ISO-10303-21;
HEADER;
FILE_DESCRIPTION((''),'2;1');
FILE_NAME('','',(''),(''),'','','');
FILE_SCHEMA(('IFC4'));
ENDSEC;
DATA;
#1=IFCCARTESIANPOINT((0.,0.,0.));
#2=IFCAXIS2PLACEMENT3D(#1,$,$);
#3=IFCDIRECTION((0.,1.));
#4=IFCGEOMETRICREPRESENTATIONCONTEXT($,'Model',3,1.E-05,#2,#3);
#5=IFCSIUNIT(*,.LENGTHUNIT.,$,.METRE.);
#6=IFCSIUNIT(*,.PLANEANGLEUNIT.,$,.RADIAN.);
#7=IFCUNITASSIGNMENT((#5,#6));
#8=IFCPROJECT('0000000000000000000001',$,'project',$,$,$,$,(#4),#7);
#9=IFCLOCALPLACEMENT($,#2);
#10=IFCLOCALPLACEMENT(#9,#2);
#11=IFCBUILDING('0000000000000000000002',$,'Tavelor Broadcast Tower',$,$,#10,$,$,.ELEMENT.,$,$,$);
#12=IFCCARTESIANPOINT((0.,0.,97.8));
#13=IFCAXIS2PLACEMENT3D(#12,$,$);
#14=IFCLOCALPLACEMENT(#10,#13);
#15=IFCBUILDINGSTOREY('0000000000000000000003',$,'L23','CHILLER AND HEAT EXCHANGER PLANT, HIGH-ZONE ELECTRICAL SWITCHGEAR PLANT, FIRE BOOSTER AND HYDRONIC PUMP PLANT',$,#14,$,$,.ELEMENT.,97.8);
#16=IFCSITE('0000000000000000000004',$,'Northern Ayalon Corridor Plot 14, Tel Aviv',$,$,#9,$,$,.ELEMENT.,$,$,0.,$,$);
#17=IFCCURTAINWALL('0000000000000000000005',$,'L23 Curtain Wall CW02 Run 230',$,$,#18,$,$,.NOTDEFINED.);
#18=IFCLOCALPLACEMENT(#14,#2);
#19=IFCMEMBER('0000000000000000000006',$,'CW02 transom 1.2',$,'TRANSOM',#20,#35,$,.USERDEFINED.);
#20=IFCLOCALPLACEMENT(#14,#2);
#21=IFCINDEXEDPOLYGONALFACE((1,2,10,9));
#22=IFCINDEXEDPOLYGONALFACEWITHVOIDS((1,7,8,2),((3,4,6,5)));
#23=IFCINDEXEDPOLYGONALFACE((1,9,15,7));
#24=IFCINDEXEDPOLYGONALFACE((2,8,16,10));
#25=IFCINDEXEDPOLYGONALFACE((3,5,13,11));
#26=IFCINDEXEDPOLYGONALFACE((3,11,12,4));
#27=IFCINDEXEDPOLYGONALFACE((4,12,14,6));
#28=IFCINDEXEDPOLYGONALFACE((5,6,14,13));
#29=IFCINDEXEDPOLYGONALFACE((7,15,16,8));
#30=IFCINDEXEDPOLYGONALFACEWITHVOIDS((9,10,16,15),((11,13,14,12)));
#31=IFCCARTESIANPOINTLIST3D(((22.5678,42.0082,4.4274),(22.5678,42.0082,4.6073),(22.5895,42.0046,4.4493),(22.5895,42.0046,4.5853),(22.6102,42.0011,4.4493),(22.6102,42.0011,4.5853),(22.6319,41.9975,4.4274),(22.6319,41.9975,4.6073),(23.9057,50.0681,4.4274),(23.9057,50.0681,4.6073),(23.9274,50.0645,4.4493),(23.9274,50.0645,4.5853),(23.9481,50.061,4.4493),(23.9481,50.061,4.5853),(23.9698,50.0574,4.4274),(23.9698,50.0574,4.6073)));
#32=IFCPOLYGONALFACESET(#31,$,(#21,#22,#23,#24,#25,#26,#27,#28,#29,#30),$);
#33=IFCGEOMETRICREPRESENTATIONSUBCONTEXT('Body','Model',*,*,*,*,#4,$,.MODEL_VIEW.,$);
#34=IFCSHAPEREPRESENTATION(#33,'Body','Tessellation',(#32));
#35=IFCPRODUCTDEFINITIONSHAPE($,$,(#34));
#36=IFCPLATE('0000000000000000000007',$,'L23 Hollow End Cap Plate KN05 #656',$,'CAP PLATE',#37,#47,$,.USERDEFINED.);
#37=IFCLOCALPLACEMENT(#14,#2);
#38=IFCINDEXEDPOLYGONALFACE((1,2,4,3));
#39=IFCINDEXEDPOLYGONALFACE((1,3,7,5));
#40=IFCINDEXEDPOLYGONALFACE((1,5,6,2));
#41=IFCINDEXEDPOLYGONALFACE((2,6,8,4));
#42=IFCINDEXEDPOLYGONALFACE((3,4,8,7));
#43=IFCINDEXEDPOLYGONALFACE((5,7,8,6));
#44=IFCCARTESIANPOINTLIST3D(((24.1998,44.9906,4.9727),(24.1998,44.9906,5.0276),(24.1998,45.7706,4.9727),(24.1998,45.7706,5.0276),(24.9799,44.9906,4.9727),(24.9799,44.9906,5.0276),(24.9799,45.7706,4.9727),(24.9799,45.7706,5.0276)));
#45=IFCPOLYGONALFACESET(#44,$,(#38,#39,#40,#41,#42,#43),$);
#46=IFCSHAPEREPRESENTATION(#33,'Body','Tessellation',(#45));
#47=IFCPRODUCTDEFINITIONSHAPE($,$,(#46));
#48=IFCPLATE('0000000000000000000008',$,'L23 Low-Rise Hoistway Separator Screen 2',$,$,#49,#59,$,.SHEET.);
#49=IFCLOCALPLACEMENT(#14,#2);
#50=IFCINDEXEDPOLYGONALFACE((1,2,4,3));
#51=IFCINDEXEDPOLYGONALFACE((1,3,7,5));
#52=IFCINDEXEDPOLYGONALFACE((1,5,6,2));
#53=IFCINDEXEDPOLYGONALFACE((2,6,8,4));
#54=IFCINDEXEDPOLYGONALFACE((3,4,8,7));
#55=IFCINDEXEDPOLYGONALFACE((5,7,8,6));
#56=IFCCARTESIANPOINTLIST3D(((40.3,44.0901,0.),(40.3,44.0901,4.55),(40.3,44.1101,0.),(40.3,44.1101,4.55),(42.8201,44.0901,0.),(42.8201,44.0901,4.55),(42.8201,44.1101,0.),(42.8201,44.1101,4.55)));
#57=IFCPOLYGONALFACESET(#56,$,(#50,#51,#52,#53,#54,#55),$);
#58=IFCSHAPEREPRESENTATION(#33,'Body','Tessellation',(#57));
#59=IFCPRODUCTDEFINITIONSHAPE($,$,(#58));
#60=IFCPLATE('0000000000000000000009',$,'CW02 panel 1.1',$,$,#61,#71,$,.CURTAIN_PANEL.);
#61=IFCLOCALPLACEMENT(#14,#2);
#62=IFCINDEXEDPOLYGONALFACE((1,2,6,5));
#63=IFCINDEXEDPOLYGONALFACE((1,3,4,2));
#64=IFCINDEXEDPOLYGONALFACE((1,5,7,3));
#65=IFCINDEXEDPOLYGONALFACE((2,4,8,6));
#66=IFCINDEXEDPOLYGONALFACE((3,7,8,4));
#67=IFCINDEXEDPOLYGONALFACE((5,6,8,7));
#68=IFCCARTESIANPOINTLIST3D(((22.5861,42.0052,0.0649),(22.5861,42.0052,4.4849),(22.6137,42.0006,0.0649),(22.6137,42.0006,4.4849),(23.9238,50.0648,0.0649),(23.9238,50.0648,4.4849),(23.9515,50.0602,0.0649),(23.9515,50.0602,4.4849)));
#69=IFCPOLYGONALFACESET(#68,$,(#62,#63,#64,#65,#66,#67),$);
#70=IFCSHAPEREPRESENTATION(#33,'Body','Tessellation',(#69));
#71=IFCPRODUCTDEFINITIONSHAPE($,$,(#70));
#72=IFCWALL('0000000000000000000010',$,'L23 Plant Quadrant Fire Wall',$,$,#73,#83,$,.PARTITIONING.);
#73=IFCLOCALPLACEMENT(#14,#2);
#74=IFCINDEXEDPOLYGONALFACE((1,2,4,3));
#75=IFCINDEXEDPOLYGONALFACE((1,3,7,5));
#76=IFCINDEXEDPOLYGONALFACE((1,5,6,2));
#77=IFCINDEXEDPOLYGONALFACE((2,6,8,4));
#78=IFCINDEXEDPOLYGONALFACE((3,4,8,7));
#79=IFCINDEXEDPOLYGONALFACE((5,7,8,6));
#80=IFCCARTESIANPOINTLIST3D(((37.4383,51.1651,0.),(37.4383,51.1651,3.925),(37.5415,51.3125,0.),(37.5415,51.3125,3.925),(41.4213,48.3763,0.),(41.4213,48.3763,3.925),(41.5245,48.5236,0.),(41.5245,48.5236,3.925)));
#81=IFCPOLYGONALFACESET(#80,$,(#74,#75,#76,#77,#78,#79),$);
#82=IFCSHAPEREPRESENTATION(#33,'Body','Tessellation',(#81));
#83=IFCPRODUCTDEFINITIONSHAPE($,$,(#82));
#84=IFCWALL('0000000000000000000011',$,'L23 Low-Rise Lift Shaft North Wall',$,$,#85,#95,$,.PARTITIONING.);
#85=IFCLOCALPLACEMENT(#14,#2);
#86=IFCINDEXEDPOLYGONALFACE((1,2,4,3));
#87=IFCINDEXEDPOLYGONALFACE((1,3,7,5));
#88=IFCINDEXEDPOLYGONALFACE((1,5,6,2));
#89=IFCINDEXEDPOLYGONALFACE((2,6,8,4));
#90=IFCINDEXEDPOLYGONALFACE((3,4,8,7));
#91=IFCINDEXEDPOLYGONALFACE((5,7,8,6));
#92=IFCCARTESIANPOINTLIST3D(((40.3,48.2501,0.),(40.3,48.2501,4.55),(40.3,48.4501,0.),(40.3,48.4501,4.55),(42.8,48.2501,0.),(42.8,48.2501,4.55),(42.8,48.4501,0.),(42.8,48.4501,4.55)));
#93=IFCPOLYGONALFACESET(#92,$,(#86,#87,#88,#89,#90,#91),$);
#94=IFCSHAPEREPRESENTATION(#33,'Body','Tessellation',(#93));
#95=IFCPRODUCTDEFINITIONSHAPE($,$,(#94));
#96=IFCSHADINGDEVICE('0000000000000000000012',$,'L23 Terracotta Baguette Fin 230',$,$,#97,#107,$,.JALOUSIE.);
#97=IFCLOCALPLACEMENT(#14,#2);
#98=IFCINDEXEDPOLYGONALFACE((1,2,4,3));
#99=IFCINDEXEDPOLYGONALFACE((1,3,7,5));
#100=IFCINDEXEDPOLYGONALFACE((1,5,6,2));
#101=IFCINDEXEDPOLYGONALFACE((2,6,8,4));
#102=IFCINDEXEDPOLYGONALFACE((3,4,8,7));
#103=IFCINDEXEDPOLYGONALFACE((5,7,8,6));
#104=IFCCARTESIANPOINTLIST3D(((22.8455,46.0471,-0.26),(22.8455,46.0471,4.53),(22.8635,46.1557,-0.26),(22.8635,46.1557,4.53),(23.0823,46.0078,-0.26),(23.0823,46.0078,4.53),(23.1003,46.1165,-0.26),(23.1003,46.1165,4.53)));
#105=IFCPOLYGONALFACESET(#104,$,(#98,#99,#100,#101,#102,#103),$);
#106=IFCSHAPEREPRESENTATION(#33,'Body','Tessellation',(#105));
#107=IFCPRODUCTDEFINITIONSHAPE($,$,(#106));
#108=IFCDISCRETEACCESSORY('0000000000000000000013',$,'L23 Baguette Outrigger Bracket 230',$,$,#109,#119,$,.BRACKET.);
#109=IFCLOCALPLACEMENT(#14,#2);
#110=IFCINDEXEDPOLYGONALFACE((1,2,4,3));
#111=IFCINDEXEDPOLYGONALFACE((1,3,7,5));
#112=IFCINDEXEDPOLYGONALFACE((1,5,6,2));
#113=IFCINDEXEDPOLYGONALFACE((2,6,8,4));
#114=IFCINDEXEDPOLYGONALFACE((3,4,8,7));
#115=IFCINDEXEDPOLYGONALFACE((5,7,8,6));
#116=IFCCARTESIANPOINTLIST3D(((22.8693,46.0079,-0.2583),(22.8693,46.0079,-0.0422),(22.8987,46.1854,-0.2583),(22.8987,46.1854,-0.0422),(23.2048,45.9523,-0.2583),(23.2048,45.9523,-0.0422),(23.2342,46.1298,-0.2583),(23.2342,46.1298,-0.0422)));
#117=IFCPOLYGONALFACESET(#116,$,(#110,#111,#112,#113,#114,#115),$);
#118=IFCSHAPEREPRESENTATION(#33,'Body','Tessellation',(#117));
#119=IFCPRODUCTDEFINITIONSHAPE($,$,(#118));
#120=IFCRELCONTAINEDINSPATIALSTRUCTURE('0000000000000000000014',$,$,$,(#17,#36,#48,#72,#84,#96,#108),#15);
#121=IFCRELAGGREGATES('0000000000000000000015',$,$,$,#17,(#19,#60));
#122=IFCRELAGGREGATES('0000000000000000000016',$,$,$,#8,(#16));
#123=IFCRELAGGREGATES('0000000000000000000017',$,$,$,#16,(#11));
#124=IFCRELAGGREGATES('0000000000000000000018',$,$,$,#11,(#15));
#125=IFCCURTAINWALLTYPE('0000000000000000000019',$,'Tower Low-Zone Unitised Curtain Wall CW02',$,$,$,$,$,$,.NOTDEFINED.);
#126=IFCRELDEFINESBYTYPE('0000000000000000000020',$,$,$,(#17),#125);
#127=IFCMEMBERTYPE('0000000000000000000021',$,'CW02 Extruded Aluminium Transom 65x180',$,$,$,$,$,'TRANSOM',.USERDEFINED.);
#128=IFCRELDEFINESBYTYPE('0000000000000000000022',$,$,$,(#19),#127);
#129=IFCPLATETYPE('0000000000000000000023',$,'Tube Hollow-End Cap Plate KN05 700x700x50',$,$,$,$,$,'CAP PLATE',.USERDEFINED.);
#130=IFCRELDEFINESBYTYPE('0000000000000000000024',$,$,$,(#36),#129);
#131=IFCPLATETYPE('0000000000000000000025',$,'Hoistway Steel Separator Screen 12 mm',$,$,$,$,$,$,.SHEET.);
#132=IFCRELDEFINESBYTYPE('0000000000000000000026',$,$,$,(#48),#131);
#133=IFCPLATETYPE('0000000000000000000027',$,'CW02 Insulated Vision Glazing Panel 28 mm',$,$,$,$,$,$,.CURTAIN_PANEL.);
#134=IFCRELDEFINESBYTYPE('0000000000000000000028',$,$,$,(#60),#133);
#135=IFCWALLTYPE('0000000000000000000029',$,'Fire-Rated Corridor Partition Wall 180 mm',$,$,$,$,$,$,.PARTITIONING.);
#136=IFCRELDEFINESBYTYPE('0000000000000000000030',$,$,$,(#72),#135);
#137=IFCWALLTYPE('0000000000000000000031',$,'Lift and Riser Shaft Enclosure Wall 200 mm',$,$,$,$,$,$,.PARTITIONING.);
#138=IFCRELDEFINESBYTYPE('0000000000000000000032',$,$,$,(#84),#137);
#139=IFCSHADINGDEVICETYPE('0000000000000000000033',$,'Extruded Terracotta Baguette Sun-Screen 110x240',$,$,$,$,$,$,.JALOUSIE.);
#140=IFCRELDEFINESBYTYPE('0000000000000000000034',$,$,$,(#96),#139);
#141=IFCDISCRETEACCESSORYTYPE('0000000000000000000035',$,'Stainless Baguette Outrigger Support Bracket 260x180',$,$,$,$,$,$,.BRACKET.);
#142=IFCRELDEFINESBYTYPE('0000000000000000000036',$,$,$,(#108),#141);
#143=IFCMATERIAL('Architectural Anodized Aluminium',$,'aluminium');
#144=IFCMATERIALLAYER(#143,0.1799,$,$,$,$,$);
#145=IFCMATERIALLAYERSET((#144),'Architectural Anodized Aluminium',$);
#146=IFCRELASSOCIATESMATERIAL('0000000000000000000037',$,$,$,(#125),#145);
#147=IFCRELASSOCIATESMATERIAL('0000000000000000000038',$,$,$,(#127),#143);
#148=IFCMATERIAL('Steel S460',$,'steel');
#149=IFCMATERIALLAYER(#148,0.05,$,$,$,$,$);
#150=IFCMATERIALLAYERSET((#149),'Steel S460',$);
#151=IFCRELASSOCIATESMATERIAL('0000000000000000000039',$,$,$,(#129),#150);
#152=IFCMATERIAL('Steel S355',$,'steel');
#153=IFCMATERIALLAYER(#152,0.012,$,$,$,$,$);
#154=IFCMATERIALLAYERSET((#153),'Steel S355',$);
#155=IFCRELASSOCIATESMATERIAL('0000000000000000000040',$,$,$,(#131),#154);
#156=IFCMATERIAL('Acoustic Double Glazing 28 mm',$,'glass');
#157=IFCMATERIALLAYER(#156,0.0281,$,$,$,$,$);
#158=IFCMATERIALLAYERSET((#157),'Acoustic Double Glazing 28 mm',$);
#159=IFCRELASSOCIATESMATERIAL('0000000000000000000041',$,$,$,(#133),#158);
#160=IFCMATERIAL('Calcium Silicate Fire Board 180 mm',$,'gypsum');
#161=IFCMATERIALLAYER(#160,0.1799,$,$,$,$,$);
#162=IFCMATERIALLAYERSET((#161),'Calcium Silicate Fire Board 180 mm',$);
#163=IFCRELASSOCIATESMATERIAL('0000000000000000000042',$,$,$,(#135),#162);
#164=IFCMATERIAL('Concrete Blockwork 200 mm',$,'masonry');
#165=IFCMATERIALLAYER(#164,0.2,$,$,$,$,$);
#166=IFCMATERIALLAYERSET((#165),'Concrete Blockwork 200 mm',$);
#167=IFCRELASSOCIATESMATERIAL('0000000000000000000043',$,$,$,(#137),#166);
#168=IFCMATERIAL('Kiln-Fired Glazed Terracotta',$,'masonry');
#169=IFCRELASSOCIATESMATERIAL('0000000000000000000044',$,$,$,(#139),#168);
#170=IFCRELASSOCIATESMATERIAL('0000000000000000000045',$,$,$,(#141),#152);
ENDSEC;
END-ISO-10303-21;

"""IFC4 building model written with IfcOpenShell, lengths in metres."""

from ifc_helpers import new_model, si_unit, direction, frame, frame_2d, origin, origin_2d, place, context, subcontext, project, spatial, rectangle, hollow_rectangle, extrude, source, transform, mapped, material, layer, layer_set, material_profile, profile_set, type_object, type_shapes, element, aggregate, save


model = new_model("IFC4")

# Units and contexts
model_context = context("Model", 3, precision=1e-05, world=origin(), true_north=direction((0.0, 1.0)))
body_context = subcontext(model_context, "Body", "Model", "MODEL_VIEW")
ifc_project = project(units=[si_unit("LENGTHUNIT", "METRE"), si_unit("PLANEANGLEUNIT", "RADIAN")], contexts=[model_context])

# Site, building, storey
site_placement = place(None, origin())
site = spatial("IfcSite", under=ifc_project, at=site_placement, Name="Northern Ayalon Corridor Plot 14, Tel Aviv", CompositionType="ELEMENT", RefElevation=0.0)
building_placement = place(site_placement, origin())
building = spatial("IfcBuilding", under=site, at=building_placement, Name="Tavelor Broadcast Tower", CompositionType="ELEMENT")
storey_placement = place(building_placement, frame((0.0, 0.0, 97.8)))
storey = spatial("IfcBuildingStorey", under=building, at=storey_placement, Name="L23", Description="CHILLER AND HEAT EXCHANGER PLANT, HIGH-ZONE ELECTRICAL SWITCHGEAR PLANT, FIRE BOOSTER AND HYDRONIC PUMP PLANT", CompositionType="ELEMENT", Elevation=97.8)

# Shared definitions
ifc_material_1 = material(Name="Steel S460", Category="steel")

# Shared definitions
ifc_material_2 = material(Name="Steel S355", Category="steel")

# Shared definitions
ifc_material_3 = material(Name="Architectural Anodized Aluminium", Category="aluminium")
ifc_layer_1 = layer(ifc_material_3, 0.1799)
ifc_layer_set_1 = layer_set([ifc_layer_1], Name="Architectural Anodized Aluminium")
curtain_wall_type = type_object("IfcCurtainWallType", Name="Tower Low-Zone Unitised Curtain Wall CW02", PredefinedType="NOTDEFINED", material=ifc_layer_set_1)

# Curtain wall, member
curtain_wall_1_placement = place(storey_placement, origin())
curtain_wall_1 = element("IfcCurtainWall", 1, at=curtain_wall_1_placement, inside=storey, type_object=curtain_wall_type, Name="L23 Curtain Wall CW02 Run 230", PredefinedType="NOTDEFINED")
ifc_material_profile_1 = material_profile(ifc_material_3, hollow_rectangle(XDim=0.0649, YDim=0.1799, WallThickness=0.022, at=origin_2d()), Name="RHS 65x180x22")
ifc_profile_set_1 = profile_set([ifc_material_profile_1], Name="Architectural Anodized Aluminium")
member_type_1 = type_object("IfcMemberType", Name="CW02 Extruded Aluminium Transom 65x180", ElementType="TRANSOM", PredefinedType="USERDEFINED", material=ifc_profile_set_1)
shared_shape_1 = source(origin(), body_context, "Body", "SweptSolid", [
    extrude(hollow_rectangle(XDim=0.0649, YDim=0.1799, WallThickness=0.022, at=origin_2d()), origin(), (0.0, 0.0, 1.0), 8.1702),
])
type_shapes(member_type_1, [shared_shape_1])
member_1_placement = place(storey_placement, frame((23.9377, 50.0627, 4.5173), z_axis=(-0.163754, -0.986501, 0.0), x_axis=(0.986501, -0.163754, 0.0)))
member_1 = element("IfcMember", 2, at=member_1_placement, type_object=member_type_1, Name="CW02 transom 1.2", ObjectType="TRANSOM", PredefinedType="USERDEFINED", context=body_context, shape_type="MappedRepresentation", body=[
    mapped(shared_shape_1, transform((0.0, 0.0, 0.0), scale=1.0)),
])

# Plates
ifc_layer_2 = layer(ifc_material_1, 0.05)
ifc_layer_set_2 = layer_set([ifc_layer_2], Name="Steel S460")
plate_type_1 = type_object("IfcPlateType", Name="Tube Hollow-End Cap Plate KN05 700x700x50", ElementType="CAP PLATE", PredefinedType="USERDEFINED", material=ifc_layer_set_2)
shared_shape_2 = source(origin(), body_context, "Body", "SweptSolid", [
    extrude(rectangle(XDim=0.78, YDim=0.78, at=origin_2d()), origin(), (0.0, 0.0, 1.0), 0.0549),
])
type_shapes(plate_type_1, [shared_shape_2])
plate_1_placement = place(storey_placement, frame((24.5898, 45.3806, 4.9727), z_axis=(0.0, 0.0, 1.0), x_axis=(1.0, 0.0, 0.0)))
element("IfcPlate", 3, at=plate_1_placement, inside=storey, type_object=plate_type_1, Name="L23 Hollow End Cap Plate KN05 #656", ObjectType="CAP PLATE", PredefinedType="USERDEFINED", context=body_context, shape_type="MappedRepresentation", body=[
    mapped(shared_shape_2, transform((0.0, 0.0, 0.0), scale=1.0)),
])
ifc_layer_3 = layer(ifc_material_2, 0.012)
ifc_layer_set_3 = layer_set([ifc_layer_3], Name="Steel S355")
plate_type_2 = type_object("IfcPlateType", Name="Hoistway Steel Separator Screen 12 mm", PredefinedType="SHEET", material=ifc_layer_set_3)
shared_shape_3 = source(origin(), body_context, "Body", "SweptSolid", [
    extrude(rectangle(XDim=2.52, YDim=0.02, at=origin_2d()), origin(), (0.0, 0.0, 1.0), 4.55),
])
type_shapes(plate_type_2, [shared_shape_3])
plate_2_placement = place(storey_placement, frame((41.5601, 44.1001, 0.0), z_axis=(0.0, 0.0, 1.0), x_axis=(1.0, 0.0, 0.0)))
element("IfcPlate", 4, at=plate_2_placement, inside=storey, type_object=plate_type_2, Name="L23 Low-Rise Hoistway Separator Screen 2", PredefinedType="SHEET", context=body_context, shape_type="MappedRepresentation", body=[
    mapped(shared_shape_3, transform((0.0, 0.0, 0.0), scale=1.0)),
])

# Plate
ifc_material_4 = material(Name="Acoustic Double Glazing 28 mm", Category="glass")
ifc_layer_4 = layer(ifc_material_4, 0.0281)
ifc_layer_set_4 = layer_set([ifc_layer_4], Name="Acoustic Double Glazing 28 mm")
plate_type_3 = type_object("IfcPlateType", Name="CW02 Insulated Vision Glazing Panel 28 mm", PredefinedType="CURTAIN_PANEL", material=ifc_layer_set_4)
shared_shape_4 = source(origin(), body_context, "Body", "SweptSolid", [
    extrude(rectangle(XDim=8.1699, YDim=0.0281, at=origin_2d()), origin(), (0.0, 0.0, 1.0), 4.4199),
])
type_shapes(plate_type_3, [shared_shape_4])
plate_3_placement = place(storey_placement, frame((23.2688, 46.0327, 0.0649), z_axis=(0.0, 0.0, 1.0), x_axis=(-0.163746, -0.986502, 0.0)))
plate_3 = element("IfcPlate", 5, at=plate_3_placement, type_object=plate_type_3, Name="CW02 panel 1.1", PredefinedType="CURTAIN_PANEL", context=body_context, shape_type="MappedRepresentation", body=[
    mapped(shared_shape_4, transform((0.0, 0.0, 0.0), scale=1.0)),
])
aggregate(curtain_wall_1, [member_1, plate_3])

# Walls
ifc_material_5 = material(Name="Calcium Silicate Fire Board 180 mm", Category="gypsum")
ifc_layer_5 = layer(ifc_material_5, 0.1799)
ifc_layer_set_5 = layer_set([ifc_layer_5], Name="Calcium Silicate Fire Board 180 mm")
wall_type_1 = type_object("IfcWallType", Name="Fire-Rated Corridor Partition Wall 180 mm", PredefinedType="PARTITIONING", material=ifc_layer_set_5)
wall_1_placement = place(storey_placement, frame((41.4729, 48.45, 0.0), z_axis=(0.0, 0.0, 1.0), x_axis=(-0.819156, 0.57357, 0.0)))
element("IfcWall", 6, at=wall_1_placement, inside=storey, type_object=wall_type_1, Name="L23 Plant Quadrant Fire Wall", PredefinedType="PARTITIONING", context=body_context, shape_type="SweptSolid", body=[
    extrude(rectangle(XDim=4.8623, YDim=0.1799, at=frame_2d((2.4312, 0.0))), origin(), (0.0, 0.0, 1.0), 3.925),
])
ifc_material_6 = material(Name="Concrete Blockwork 200 mm", Category="masonry")
ifc_layer_6 = layer(ifc_material_6, 0.2)
ifc_layer_set_6 = layer_set([ifc_layer_6], Name="Concrete Blockwork 200 mm")
wall_type_2 = type_object("IfcWallType", Name="Lift and Riser Shaft Enclosure Wall 200 mm", PredefinedType="PARTITIONING", material=ifc_layer_set_6)
wall_2_placement = place(storey_placement, frame((40.3, 48.3501, 0.0), z_axis=(0.0, 0.0, 1.0), x_axis=(1.0, 0.0, 0.0)))
element("IfcWall", 7, at=wall_2_placement, inside=storey, type_object=wall_type_2, Name="L23 Low-Rise Lift Shaft North Wall", PredefinedType="PARTITIONING", context=body_context, shape_type="SweptSolid", body=[
    extrude(rectangle(XDim=2.5, YDim=0.2, at=frame_2d((1.25, 0.0))), origin(), (0.0, 0.0, 1.0), 4.55),
])

# Shading device
ifc_material_7 = material(Name="Kiln-Fired Glazed Terracotta", Category="masonry")
shading_device_type = type_object("IfcShadingDeviceType", Name="Extruded Terracotta Baguette Sun-Screen 110x240", PredefinedType="JALOUSIE", material=ifc_material_7)
shared_shape_5 = source(origin(), body_context, "Body", "SweptSolid", [
    extrude(rectangle(XDim=0.1101, YDim=0.24, at=origin_2d()), origin(), (0.0, 0.0, 1.0), 4.79),
])
type_shapes(shading_device_type, [shared_shape_5])
shading_device_placement = place(storey_placement, frame((22.9729, 46.0818, -0.26), z_axis=(0.0, 0.0, 1.0), x_axis=(-0.16367, -0.986515, 0.0)))
element("IfcShadingDevice", 8, at=shading_device_placement, inside=storey, type_object=shading_device_type, Name="L23 Terracotta Baguette Fin 230", PredefinedType="JALOUSIE", context=body_context, shape_type="MappedRepresentation", body=[
    mapped(shared_shape_5, transform((0.0, 0.0, 0.0), scale=1.0)),
])

# Discrete accessory
discrete_accessory_type = type_object("IfcDiscreteAccessoryType", Name="Stainless Baguette Outrigger Support Bracket 260x180", PredefinedType="BRACKET", material=ifc_material_2)
shared_shape_6 = source(origin(), body_context, "Body", "SweptSolid", [
    extrude(rectangle(XDim=0.1799, YDim=0.3401, at=origin_2d()), origin(), (0.0, 0.0, 1.0), 0.2161),
])
type_shapes(discrete_accessory_type, [shared_shape_6])
discrete_accessory_placement = place(storey_placement, frame((23.0518, 46.0688, -0.2583), z_axis=(0.0, 0.0, 1.0), x_axis=(-0.16367, -0.986515, 0.0)))
element("IfcDiscreteAccessory", 9, at=discrete_accessory_placement, inside=storey, type_object=discrete_accessory_type, Name="L23 Baguette Outrigger Bracket 230", PredefinedType="BRACKET", context=body_context, shape_type="MappedRepresentation", body=[
    mapped(shared_shape_6, transform((0.0, 0.0, 0.0), scale=1.0)),
])

save(model, "model.ifc")
